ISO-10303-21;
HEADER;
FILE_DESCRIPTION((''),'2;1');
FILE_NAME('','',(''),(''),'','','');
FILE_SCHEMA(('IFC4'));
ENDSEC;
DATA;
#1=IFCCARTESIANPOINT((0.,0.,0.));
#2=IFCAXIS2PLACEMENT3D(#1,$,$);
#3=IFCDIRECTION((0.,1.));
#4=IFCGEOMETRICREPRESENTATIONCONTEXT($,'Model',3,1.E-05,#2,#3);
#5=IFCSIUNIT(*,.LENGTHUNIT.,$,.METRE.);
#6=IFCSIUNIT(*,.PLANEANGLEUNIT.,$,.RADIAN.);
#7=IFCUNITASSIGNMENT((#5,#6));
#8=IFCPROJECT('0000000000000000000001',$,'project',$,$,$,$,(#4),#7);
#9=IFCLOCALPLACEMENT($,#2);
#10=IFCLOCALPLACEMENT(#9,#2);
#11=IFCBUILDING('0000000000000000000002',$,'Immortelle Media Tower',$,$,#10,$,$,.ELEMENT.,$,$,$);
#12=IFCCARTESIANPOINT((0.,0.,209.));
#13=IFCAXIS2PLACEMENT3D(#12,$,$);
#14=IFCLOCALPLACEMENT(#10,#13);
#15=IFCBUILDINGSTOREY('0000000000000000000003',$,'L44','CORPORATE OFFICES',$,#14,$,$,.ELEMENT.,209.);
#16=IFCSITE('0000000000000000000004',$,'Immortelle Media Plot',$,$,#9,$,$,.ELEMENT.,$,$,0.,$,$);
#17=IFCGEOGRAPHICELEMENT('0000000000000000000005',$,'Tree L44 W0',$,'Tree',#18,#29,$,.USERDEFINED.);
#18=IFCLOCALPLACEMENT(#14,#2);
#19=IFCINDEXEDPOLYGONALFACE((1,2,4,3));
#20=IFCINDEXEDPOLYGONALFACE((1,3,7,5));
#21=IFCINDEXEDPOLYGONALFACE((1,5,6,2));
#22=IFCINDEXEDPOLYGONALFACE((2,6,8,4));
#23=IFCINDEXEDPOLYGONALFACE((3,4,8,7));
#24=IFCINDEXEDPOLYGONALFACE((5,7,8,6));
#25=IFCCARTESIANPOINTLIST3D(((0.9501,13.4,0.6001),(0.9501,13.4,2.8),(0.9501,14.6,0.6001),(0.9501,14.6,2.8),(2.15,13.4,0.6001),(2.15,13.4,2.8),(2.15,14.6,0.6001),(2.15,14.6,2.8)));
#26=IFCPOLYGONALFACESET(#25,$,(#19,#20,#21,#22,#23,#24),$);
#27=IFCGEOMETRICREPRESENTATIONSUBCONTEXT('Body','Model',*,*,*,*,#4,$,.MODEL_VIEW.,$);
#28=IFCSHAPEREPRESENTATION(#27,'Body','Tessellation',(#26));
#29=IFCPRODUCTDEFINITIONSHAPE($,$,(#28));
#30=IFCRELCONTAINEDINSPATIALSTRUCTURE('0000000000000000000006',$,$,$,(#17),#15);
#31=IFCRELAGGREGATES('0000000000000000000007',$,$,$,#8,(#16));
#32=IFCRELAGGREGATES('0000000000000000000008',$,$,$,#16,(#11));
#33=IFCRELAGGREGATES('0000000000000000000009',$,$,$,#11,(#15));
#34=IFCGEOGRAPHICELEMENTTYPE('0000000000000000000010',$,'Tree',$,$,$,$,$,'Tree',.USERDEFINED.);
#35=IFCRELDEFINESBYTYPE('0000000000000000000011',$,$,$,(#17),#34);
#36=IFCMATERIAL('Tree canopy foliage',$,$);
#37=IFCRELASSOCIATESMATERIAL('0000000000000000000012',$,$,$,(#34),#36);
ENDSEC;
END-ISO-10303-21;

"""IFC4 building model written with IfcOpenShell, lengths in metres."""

from ifc_helpers import new_model, si_unit, direction, frame, origin, origin_2d, place, context, subcontext, project, spatial, rectangle, extrude, material, type_object, element, save


model = new_model("IFC4")

# Units and contexts
model_context = context("Model", 3, precision=1e-05, world=origin(), true_north=direction((0.0, 1.0)))
body_context = subcontext(model_context, "Body", "Model", "MODEL_VIEW")
ifc_project = project(units=[si_unit("LENGTHUNIT", "METRE"), si_unit("PLANEANGLEUNIT", "RADIAN")], contexts=[model_context])

# Site, building, storey
site_placement = place(None, origin())
site = spatial("IfcSite", under=ifc_project, at=site_placement, Name="Immortelle Media Plot", CompositionType="ELEMENT", RefElevation=0.0)
building_placement = place(site_placement, origin())
building = spatial("IfcBuilding", under=site, at=building_placement, Name="Immortelle Media Tower", CompositionType="ELEMENT")
storey_placement = place(building_placement, frame((0.0, 0.0, 209.0)))
storey = spatial("IfcBuildingStorey", under=building, at=storey_placement, Name="L44", Description="CORPORATE OFFICES", CompositionType="ELEMENT", Elevation=209.0)

# Geographic element
ifc_material_1 = material(Name="Tree canopy foliage")
geographic_element_type = type_object("IfcGeographicElementType", Name="Tree", ElementType="Tree", PredefinedType="USERDEFINED", material=ifc_material_1)
geographic_element_placement = place(storey_placement, frame((1.55, 14.0, 0.6001), z_axis=(0.0, 0.0, 1.0), x_axis=(1.0, 0.0, 0.0)))
element("IfcGeographicElement", 1, at=geographic_element_placement, inside=storey, type_object=geographic_element_type, Name="Tree L44 W0", ObjectType="Tree", PredefinedType="USERDEFINED", context=body_context, shape_type="SweptSolid", body=[
    extrude(rectangle(XDim=1.2, YDim=1.2, at=origin_2d()), origin(), (0.0, 0.0, 1.0), 2.2),
])

save(model, "model.ifc")
